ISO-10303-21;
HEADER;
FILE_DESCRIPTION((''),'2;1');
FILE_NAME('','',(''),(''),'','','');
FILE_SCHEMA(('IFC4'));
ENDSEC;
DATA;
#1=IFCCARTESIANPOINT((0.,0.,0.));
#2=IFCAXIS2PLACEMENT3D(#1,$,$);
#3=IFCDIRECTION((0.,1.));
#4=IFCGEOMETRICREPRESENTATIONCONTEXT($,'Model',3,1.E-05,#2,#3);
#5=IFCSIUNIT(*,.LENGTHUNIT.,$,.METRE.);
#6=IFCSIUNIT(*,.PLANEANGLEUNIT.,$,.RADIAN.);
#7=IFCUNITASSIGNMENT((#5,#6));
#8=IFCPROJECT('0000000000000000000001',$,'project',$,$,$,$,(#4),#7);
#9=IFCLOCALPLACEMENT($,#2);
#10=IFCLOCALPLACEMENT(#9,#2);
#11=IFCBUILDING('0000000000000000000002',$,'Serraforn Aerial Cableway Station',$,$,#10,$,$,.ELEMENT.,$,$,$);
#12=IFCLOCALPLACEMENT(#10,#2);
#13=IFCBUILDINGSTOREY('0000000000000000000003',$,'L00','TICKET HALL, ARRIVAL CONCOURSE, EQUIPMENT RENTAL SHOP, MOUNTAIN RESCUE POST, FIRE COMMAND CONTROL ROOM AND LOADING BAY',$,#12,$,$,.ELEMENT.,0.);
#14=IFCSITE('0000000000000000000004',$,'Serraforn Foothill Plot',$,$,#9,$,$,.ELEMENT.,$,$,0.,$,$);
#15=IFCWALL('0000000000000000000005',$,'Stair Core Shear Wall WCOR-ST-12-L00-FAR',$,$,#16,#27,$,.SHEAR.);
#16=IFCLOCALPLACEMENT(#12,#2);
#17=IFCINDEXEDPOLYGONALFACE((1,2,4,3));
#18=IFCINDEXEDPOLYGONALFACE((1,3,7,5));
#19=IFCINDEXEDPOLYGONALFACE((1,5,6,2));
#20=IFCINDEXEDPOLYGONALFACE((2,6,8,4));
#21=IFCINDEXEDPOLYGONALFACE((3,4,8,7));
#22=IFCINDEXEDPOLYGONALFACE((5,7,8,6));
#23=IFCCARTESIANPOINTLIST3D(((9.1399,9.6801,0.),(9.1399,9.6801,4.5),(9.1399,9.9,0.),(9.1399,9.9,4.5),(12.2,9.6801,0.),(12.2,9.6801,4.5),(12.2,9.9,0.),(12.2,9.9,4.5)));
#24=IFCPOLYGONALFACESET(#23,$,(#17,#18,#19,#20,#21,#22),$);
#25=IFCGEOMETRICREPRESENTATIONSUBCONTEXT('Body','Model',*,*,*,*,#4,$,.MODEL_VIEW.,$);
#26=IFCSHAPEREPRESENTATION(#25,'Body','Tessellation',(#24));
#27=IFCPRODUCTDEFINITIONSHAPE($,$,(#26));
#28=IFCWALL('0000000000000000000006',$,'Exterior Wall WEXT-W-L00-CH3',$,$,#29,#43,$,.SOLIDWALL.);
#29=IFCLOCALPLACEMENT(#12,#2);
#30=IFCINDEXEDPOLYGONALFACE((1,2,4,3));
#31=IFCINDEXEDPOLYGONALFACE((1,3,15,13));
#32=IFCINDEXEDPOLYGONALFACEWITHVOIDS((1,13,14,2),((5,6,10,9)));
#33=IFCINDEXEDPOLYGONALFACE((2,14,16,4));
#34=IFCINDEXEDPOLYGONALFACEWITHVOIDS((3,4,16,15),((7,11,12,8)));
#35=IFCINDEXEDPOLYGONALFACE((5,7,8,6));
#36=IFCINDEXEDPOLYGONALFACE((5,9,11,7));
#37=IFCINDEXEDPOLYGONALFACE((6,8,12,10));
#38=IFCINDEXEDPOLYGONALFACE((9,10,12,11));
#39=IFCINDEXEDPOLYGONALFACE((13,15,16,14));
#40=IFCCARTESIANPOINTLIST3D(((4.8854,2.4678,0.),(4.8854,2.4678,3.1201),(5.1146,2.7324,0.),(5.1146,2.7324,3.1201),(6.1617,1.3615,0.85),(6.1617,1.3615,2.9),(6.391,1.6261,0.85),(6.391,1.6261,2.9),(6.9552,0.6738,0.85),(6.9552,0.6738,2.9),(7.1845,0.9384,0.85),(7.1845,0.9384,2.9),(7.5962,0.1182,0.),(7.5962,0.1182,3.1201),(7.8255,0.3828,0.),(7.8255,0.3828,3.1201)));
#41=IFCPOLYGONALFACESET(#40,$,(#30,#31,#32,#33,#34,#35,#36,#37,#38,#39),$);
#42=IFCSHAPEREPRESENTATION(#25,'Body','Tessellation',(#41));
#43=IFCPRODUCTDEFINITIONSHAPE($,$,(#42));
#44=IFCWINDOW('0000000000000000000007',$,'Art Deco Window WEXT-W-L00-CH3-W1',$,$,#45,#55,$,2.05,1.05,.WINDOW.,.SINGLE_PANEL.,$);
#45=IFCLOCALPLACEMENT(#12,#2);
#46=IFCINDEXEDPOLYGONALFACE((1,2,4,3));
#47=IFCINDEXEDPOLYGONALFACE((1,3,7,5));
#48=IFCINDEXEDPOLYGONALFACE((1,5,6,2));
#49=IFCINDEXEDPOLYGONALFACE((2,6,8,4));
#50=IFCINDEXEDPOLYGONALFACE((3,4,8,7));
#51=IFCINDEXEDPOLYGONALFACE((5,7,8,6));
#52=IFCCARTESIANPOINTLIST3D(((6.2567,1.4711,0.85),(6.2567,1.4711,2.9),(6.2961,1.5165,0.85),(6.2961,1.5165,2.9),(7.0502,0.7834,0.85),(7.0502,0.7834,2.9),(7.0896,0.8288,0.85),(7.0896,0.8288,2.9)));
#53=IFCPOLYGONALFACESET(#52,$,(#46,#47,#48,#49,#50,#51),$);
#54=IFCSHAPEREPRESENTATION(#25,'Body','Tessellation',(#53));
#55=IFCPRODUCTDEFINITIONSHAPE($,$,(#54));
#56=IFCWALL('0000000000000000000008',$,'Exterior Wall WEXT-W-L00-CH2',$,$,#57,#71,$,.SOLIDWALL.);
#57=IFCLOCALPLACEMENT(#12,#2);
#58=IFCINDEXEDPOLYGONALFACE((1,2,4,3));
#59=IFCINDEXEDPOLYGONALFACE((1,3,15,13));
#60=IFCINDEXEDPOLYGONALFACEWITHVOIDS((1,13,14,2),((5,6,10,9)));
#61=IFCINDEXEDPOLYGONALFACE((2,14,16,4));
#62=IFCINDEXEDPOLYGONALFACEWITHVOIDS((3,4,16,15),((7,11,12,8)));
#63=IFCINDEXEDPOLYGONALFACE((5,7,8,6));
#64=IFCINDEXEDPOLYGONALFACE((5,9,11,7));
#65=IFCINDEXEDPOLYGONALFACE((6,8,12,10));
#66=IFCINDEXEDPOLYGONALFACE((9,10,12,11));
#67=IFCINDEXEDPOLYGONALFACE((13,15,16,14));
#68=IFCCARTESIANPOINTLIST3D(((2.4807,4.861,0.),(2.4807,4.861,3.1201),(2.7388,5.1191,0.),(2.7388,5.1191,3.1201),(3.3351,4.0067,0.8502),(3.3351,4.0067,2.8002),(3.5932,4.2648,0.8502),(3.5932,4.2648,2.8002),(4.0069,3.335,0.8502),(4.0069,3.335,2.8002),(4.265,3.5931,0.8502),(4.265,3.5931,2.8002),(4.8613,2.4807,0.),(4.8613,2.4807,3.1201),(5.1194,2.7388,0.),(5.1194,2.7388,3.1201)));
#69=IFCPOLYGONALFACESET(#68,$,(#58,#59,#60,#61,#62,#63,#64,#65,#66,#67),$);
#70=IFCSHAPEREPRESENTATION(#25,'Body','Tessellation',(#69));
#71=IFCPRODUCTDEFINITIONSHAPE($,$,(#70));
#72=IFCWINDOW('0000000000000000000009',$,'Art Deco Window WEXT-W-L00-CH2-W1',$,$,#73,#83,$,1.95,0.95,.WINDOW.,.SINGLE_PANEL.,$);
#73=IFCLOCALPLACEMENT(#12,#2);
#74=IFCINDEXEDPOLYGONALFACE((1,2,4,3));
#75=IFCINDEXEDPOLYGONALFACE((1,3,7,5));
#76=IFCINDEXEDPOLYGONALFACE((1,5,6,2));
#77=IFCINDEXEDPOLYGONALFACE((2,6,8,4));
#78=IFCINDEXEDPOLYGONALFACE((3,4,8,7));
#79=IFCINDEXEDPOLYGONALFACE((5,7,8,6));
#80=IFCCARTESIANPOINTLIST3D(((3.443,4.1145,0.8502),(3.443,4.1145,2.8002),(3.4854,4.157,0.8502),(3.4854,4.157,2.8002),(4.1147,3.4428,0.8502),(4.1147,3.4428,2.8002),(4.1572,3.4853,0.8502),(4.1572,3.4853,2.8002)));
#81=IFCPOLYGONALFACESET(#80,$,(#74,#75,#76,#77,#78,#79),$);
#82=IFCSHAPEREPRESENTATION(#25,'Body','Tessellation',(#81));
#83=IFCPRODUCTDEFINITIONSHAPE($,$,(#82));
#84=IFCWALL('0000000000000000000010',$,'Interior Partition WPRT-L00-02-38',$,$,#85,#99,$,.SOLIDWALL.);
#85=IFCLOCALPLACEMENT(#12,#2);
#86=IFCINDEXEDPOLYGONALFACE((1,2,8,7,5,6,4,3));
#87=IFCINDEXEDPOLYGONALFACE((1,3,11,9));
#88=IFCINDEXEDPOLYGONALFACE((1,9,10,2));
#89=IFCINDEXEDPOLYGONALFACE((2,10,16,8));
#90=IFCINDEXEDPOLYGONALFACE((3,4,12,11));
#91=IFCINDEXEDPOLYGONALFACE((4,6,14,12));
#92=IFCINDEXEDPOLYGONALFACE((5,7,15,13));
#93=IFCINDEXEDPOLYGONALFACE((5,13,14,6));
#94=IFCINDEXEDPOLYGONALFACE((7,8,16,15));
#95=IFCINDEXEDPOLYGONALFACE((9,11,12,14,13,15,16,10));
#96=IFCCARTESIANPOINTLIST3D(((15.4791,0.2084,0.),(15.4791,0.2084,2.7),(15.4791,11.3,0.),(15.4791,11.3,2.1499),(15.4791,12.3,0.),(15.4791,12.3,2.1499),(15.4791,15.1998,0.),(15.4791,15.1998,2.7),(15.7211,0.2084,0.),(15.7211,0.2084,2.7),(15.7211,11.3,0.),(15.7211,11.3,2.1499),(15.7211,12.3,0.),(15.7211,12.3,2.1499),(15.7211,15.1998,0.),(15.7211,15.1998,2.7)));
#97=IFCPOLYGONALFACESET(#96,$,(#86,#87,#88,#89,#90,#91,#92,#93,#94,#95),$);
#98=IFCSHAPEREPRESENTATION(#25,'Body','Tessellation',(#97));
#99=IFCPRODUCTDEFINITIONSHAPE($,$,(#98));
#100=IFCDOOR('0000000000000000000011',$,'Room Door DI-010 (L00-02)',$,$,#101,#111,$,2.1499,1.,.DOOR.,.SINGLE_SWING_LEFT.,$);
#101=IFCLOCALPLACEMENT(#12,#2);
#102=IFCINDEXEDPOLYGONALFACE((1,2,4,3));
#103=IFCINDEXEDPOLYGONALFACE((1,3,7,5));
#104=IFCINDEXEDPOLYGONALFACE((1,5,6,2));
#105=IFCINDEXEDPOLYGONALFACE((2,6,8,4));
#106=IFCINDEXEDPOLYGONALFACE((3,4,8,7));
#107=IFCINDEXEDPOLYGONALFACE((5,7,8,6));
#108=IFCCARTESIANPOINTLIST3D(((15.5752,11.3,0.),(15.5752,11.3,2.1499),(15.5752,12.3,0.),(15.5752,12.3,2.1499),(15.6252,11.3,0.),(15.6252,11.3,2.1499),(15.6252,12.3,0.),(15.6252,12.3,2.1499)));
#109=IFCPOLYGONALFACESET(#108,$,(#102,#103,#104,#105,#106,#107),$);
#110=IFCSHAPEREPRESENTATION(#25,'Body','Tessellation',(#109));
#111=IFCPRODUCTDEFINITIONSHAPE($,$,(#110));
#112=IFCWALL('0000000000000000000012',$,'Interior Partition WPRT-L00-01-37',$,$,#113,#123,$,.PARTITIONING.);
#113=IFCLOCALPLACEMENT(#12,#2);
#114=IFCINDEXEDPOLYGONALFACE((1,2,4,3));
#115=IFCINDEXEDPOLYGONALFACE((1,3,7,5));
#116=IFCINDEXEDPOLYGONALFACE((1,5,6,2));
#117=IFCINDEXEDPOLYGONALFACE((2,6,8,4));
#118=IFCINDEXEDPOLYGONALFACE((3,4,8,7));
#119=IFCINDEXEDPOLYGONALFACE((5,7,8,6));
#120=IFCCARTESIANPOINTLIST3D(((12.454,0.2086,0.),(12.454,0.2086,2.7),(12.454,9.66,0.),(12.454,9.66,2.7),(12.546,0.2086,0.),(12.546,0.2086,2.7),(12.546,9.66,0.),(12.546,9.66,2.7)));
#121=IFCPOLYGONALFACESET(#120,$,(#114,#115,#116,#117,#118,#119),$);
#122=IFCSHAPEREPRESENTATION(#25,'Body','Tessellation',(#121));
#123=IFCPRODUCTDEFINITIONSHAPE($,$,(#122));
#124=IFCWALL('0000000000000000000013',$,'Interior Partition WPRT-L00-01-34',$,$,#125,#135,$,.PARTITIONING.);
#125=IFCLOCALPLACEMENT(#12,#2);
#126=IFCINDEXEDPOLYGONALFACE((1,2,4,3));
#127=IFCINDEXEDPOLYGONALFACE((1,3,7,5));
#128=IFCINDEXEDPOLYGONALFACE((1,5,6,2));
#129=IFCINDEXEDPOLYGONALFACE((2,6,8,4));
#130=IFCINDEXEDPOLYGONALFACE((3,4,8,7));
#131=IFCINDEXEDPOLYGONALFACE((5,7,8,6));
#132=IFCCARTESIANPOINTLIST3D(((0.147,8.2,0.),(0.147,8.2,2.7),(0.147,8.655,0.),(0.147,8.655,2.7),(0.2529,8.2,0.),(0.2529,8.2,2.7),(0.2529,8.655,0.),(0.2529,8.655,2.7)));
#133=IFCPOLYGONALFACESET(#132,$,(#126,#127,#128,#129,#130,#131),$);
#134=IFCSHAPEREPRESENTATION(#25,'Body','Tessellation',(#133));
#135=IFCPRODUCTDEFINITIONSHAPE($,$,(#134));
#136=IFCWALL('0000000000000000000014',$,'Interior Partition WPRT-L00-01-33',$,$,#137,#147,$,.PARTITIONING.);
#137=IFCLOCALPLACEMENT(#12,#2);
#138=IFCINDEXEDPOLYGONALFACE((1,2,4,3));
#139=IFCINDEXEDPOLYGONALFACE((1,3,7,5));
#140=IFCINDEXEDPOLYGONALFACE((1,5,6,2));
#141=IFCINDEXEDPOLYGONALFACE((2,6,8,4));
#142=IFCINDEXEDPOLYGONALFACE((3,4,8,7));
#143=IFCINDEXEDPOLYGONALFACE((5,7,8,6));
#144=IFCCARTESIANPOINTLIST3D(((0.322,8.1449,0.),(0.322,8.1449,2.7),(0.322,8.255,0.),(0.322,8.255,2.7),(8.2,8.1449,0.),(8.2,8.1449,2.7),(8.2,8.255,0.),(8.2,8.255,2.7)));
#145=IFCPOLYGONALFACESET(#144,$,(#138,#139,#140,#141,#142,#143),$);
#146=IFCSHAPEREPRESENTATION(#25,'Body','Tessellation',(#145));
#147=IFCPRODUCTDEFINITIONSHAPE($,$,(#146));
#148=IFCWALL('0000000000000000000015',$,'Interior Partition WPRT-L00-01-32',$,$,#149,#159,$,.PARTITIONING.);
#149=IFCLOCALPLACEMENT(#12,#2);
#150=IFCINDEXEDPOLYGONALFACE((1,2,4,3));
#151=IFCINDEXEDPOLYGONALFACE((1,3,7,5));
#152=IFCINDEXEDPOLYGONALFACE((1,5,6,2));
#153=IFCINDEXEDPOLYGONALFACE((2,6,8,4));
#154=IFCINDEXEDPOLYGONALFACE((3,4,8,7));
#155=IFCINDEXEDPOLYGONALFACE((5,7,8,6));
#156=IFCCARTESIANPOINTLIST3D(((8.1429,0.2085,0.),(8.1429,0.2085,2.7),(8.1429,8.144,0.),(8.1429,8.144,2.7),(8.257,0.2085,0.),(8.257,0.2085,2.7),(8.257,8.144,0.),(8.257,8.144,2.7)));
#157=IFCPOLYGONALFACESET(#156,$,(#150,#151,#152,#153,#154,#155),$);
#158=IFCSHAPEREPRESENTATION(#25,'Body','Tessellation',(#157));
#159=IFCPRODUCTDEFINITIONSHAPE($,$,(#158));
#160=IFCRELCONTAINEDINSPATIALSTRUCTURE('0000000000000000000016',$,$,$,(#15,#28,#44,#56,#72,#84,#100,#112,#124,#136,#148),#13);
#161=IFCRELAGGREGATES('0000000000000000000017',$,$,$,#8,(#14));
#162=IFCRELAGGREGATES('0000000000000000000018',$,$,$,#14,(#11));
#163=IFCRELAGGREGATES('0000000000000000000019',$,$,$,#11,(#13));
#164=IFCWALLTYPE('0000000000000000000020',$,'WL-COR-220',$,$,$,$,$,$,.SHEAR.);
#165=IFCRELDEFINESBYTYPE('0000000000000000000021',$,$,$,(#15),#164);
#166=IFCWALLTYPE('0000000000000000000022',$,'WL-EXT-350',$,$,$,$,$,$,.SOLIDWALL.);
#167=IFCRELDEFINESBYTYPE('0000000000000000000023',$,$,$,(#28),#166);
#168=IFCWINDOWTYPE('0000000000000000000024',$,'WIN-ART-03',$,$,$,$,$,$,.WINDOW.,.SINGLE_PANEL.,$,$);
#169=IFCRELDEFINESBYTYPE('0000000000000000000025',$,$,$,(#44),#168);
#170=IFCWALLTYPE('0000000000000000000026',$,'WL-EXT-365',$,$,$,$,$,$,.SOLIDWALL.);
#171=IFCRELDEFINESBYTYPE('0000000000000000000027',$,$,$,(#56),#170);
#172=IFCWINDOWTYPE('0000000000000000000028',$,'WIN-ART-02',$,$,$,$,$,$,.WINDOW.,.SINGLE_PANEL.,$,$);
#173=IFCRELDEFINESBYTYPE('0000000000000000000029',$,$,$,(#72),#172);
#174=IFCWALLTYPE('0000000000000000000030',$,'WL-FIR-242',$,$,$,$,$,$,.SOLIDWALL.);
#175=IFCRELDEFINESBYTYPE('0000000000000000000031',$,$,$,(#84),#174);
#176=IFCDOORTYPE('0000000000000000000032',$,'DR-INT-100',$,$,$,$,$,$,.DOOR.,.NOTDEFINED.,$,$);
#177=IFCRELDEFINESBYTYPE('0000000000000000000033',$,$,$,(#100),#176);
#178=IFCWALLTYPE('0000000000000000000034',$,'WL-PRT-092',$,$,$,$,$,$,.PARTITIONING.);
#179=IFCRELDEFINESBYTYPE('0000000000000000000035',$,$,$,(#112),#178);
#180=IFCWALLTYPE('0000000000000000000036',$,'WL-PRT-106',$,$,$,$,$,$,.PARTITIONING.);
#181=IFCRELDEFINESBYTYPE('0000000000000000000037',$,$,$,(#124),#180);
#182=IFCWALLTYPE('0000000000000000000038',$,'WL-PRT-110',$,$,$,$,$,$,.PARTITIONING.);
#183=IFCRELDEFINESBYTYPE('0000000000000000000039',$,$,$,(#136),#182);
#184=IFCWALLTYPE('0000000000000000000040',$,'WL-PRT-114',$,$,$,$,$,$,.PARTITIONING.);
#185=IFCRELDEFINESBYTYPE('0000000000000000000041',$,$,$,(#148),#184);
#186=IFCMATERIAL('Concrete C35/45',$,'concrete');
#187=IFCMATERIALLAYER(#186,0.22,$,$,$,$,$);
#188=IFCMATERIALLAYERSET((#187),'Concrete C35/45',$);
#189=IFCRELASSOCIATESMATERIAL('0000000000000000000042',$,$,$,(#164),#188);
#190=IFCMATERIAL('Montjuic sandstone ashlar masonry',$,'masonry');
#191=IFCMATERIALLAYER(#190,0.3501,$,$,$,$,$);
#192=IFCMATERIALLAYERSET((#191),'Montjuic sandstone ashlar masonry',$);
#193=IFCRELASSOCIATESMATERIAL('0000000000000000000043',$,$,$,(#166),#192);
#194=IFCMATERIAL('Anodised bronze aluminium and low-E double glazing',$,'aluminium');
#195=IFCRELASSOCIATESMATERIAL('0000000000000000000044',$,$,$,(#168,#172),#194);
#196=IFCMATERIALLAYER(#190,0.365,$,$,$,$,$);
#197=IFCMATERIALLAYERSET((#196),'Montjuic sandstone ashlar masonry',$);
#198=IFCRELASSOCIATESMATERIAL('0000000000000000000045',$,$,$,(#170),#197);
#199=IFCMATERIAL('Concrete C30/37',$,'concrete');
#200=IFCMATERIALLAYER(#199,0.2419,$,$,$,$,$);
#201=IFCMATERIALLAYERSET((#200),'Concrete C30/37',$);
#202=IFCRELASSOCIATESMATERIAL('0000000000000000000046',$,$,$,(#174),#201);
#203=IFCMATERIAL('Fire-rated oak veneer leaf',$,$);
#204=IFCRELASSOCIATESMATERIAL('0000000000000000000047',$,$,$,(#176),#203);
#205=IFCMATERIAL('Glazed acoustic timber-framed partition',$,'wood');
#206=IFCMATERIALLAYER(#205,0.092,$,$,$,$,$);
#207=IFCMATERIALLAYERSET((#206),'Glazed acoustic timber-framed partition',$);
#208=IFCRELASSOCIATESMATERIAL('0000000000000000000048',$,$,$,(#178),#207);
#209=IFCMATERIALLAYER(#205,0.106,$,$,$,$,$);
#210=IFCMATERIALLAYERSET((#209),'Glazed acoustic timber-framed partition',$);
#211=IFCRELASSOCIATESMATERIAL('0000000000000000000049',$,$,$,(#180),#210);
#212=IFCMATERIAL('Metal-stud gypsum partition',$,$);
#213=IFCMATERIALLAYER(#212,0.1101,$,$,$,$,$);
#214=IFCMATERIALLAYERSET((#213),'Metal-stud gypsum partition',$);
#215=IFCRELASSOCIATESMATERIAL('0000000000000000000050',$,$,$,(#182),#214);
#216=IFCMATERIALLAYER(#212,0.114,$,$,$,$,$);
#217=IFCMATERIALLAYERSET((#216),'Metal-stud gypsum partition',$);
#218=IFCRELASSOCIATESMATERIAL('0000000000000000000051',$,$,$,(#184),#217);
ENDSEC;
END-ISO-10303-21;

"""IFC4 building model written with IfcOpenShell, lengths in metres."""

from ifc_helpers import new_model, si_unit, direction, frame, frame_2d, origin, place, context, subcontext, project, spatial, rectangle, extrude, material, layer, layer_set, type_object, element, fill, save


model = new_model("IFC4")

# Units and contexts
model_context = context("Model", 3, precision=1e-05, world=origin(), true_north=direction((0.0, 1.0)))
body_context = subcontext(model_context, "Body", "Model", "MODEL_VIEW")
ifc_project = project(units=[si_unit("LENGTHUNIT", "METRE"), si_unit("PLANEANGLEUNIT", "RADIAN")], contexts=[model_context])

# Site, building, storey
site_placement = place(None, origin())
site = spatial("IfcSite", under=ifc_project, at=site_placement, Name="Serraforn Foothill Plot", CompositionType="ELEMENT", RefElevation=0.0)
building_placement = place(site_placement, origin())
building = spatial("IfcBuilding", under=site, at=building_placement, Name="Serraforn Aerial Cableway Station", CompositionType="ELEMENT")
storey_placement = place(building_placement, origin())
storey = spatial("IfcBuildingStorey", under=building, at=storey_placement, Name="L00", Description="TICKET HALL, ARRIVAL CONCOURSE, EQUIPMENT RENTAL SHOP, MOUNTAIN RESCUE POST, FIRE COMMAND CONTROL ROOM AND LOADING BAY", CompositionType="ELEMENT", Elevation=0.0)

# Shared definitions
ifc_material_1 = material(Name="Concrete C35/45", Category="concrete")

# Wall
ifc_layer_1 = layer(ifc_material_1, 0.22)
ifc_layer_set_1 = layer_set([ifc_layer_1], Name="Concrete C35/45")
wall_type_1 = type_object("IfcWallType", Name="WL-COR-220", PredefinedType="SHEAR", material=ifc_layer_set_1)
wall_1_placement = place(storey_placement, frame((9.1399, 9.79, 0.0), z_axis=(0.0, 0.0, 1.0), x_axis=(1.0, 0.0, 0.0)))
element("IfcWall", 1, at=wall_1_placement, inside=storey, type_object=wall_type_1, Name="Stair Core Shear Wall WCOR-ST-12-L00-FAR", PredefinedType="SHEAR", context=body_context, shape_type="SweptSolid", body=[
    extrude(rectangle(XDim=3.0601, YDim=0.22, at=frame_2d((1.53, 0.0))), origin(), (0.0, 0.0, 1.0), 4.5),
])

# Walls, openings, windows
ifc_material_2 = material(Name="Montjuic sandstone ashlar masonry", Category="masonry")
ifc_layer_2 = layer(ifc_material_2, 0.3501)
ifc_layer_set_2 = layer_set([ifc_layer_2], Name="Montjuic sandstone ashlar masonry")
wall_type_2 = type_object("IfcWallType", Name="WL-EXT-350", PredefinedType="SOLIDWALL", material=ifc_layer_set_2)
wall_2_placement = place(storey_placement, frame((5.0, 2.6001, 0.0), z_axis=(0.0, 0.0, 1.0), x_axis=(0.755671, -0.654951, 0.0)))
wall_2 = element("IfcWall", 2, at=wall_2_placement, inside=storey, type_object=wall_type_2, Name="Exterior Wall WEXT-W-L00-CH3", PredefinedType="SOLIDWALL", context=body_context, shape_type="SweptSolid", body=[
    extrude(rectangle(XDim=3.5874, YDim=0.3501, at=frame_2d((1.7937, 0.0))), origin(), (0.0, 0.0, 1.0), 3.1201),
])
opening_1_placement = place(wall_2_placement, frame((1.6892, 0.0, 0.8501)))
opening_1 = element("IfcOpeningElement", 3, at=opening_1_placement, cuts=wall_2, PredefinedType="OPENING", context=body_context, shape_type="SweptSolid", body=[
    extrude(rectangle(XDim=1.05, YDim=2.05, at=frame_2d((0.5249, 1.0249))), frame((0.0, 0.1851, 0.0), z_axis=(0.0, -1.0, 0.0), x_axis=(1.0, 0.0, 0.0)), (0.0, 0.0, 1.0), 0.3701),
])
ifc_material_3 = material(Name="Anodised bronze aluminium and low-E double glazing", Category="aluminium")
window_type_1 = type_object("IfcWindowType", Name="WIN-ART-03", PartitioningType="SINGLE_PANEL", PredefinedType="WINDOW", material=ifc_material_3)
window_1_placement = place(opening_1_placement, origin())
window_1 = element("IfcWindow", 4, at=window_1_placement, inside=storey, type_object=window_type_1, Name="Art Deco Window WEXT-W-L00-CH3-W1", OverallHeight=2.05, OverallWidth=1.05, PartitioningType="SINGLE_PANEL", PredefinedType="WINDOW", context=body_context, shape_type="SweptSolid", body=[
    extrude(rectangle(XDim=1.05, YDim=2.05, at=frame_2d((0.5249, 1.0249))), frame((0.0, 0.03, 0.0), z_axis=(0.0, -1.0, 0.0), x_axis=(1.0, 0.0, 0.0)), (0.0, 0.0, 1.0), 0.0601),
])
fill(opening_1, window_1)
ifc_layer_3 = layer(ifc_material_2, 0.365)
ifc_layer_set_3 = layer_set([ifc_layer_3], Name="Montjuic sandstone ashlar masonry")
wall_type_3 = type_object("IfcWallType", Name="WL-EXT-365", PredefinedType="SOLIDWALL", material=ifc_layer_set_3)
wall_3_placement = place(storey_placement, frame((2.6099, 4.99, 0.0), z_axis=(0.0, 0.0, 1.0), x_axis=(0.707143, -0.707071, 0.0)))
wall_3 = element("IfcWall", 5, at=wall_3_placement, inside=storey, type_object=wall_type_3, Name="Exterior Wall WEXT-W-L00-CH2", PredefinedType="SOLIDWALL", context=body_context, shape_type="SweptSolid", body=[
    extrude(rectangle(XDim=3.3665, YDim=0.365, at=frame_2d((1.6831, 0.0))), origin(), (0.0, 0.0, 1.0), 3.1201),
])
opening_2_placement = place(wall_3_placement, frame((1.208, 0.0, 0.8501)))
opening_2 = element("IfcOpeningElement", 6, at=opening_2_placement, cuts=wall_3, PredefinedType="OPENING", context=body_context, shape_type="SweptSolid", body=[
    extrude(rectangle(XDim=0.95, YDim=1.95, at=frame_2d((0.4751, 0.9751))), frame((0.0, 0.1924, 0.0), z_axis=(0.0, -1.0, 0.0), x_axis=(1.0, 0.0, 0.0)), (0.0, 0.0, 1.0), 0.385),
])
window_type_2 = type_object("IfcWindowType", Name="WIN-ART-02", PartitioningType="SINGLE_PANEL", PredefinedType="WINDOW", material=ifc_material_3)
window_2_placement = place(opening_2_placement, origin())
window_2 = element("IfcWindow", 7, at=window_2_placement, inside=storey, type_object=window_type_2, Name="Art Deco Window WEXT-W-L00-CH2-W1", OverallHeight=1.95, OverallWidth=0.95, PartitioningType="SINGLE_PANEL", PredefinedType="WINDOW", context=body_context, shape_type="SweptSolid", body=[
    extrude(rectangle(XDim=0.95, YDim=1.95, at=frame_2d((0.4751, 0.9751))), frame((0.0, 0.03, 0.0), z_axis=(0.0, -1.0, 0.0), x_axis=(1.0, 0.0, 0.0)), (0.0, 0.0, 1.0), 0.0601),
])
fill(opening_2, window_2)

# Wall, opening, door
ifc_material_4 = material(Name="Concrete C30/37", Category="concrete")
ifc_layer_4 = layer(ifc_material_4, 0.2419)
ifc_layer_set_4 = layer_set([ifc_layer_4], Name="Concrete C30/37")
wall_type_4 = type_object("IfcWallType", Name="WL-FIR-242", PredefinedType="SOLIDWALL", material=ifc_layer_set_4)
wall_4_placement = place(storey_placement, frame((15.6001, 0.2085, 0.0), z_axis=(0.0, 0.0, 1.0), x_axis=(0.0, 1.0, 0.0)))
wall_4 = element("IfcWall", 8, at=wall_4_placement, inside=storey, type_object=wall_type_4, Name="Interior Partition WPRT-L00-02-38", PredefinedType="SOLIDWALL", context=body_context, shape_type="SweptSolid", body=[
    extrude(rectangle(XDim=14.9915, YDim=0.2419, at=frame_2d((7.4956, 0.0))), origin(), (0.0, 0.0, 1.0), 2.7),
])
opening_3_placement = place(wall_4_placement, frame((11.0916, 0.0, 0.0)))
opening_3 = element("IfcOpeningElement", 9, at=opening_3_placement, cuts=wall_4, PredefinedType="OPENING", context=body_context, shape_type="SweptSolid", body=[
    extrude(rectangle(XDim=1.0, YDim=2.1499, at=frame_2d((0.5, 1.075))), frame((0.0, 0.1309, 0.0), z_axis=(0.0, -1.0, 0.0), x_axis=(1.0, 0.0, 0.0)), (0.0, 0.0, 1.0), 0.262),
])
ifc_material_5 = material(Name="Fire-rated oak veneer leaf")
door_type_1 = type_object("IfcDoorType", Name="DR-INT-100", OperationType="NOTDEFINED", PredefinedType="DOOR", material=ifc_material_5)
door_1_placement = place(opening_3_placement, origin())
door_1 = element("IfcDoor", 10, at=door_1_placement, inside=storey, type_object=door_type_1, Name="Room Door DI-010 (L00-02)", OperationType="SINGLE_SWING_LEFT", OverallHeight=2.1499, OverallWidth=1.0, PredefinedType="DOOR", context=body_context, shape_type="SweptSolid", body=[
    extrude(rectangle(XDim=1.0, YDim=2.1499, at=frame_2d((0.5, 1.075))), frame((0.0, 0.0249, 0.0), z_axis=(0.0, -1.0, 0.0), x_axis=(1.0, 0.0, 0.0)), (0.0, 0.0, 1.0), 0.05),
])
fill(opening_3, door_1)

# Walls
ifc_material_6 = material(Name="Glazed acoustic timber-framed partition", Category="wood")
ifc_layer_5 = layer(ifc_material_6, 0.092)
ifc_layer_set_5 = layer_set([ifc_layer_5], Name="Glazed acoustic timber-framed partition")
wall_type_5 = type_object("IfcWallType", Name="WL-PRT-092", PredefinedType="PARTITIONING", material=ifc_layer_set_5)
wall_5_placement = place(storey_placement, frame((12.5, 9.6599, 0.0), z_axis=(0.0, 0.0, 1.0), x_axis=(0.0, -1.0, 0.0)))
element("IfcWall", 11, at=wall_5_placement, inside=storey, type_object=wall_type_5, Name="Interior Partition WPRT-L00-01-37", PredefinedType="PARTITIONING", context=body_context, shape_type="SweptSolid", body=[
    extrude(rectangle(XDim=9.4514, YDim=0.092, at=frame_2d((4.7256, 0.0))), origin(), (0.0, 0.0, 1.0), 2.7),
])
ifc_layer_6 = layer(ifc_material_6, 0.106)
ifc_layer_set_6 = layer_set([ifc_layer_6], Name="Glazed acoustic timber-framed partition")
wall_type_6 = type_object("IfcWallType", Name="WL-PRT-106", PredefinedType="PARTITIONING", material=ifc_layer_set_6)
wall_6_placement = place(storey_placement, frame((0.2, 8.2, 0.0), z_axis=(0.0, 0.0, 1.0), x_axis=(0.0, 1.0, 0.0)))
element("IfcWall", 12, at=wall_6_placement, inside=storey, type_object=wall_type_6, Name="Interior Partition WPRT-L00-01-34", PredefinedType="PARTITIONING", context=body_context, shape_type="SweptSolid", body=[
    extrude(rectangle(XDim=0.4551, YDim=0.106, at=frame_2d((0.2275, 0.0))), origin(), (0.0, 0.0, 1.0), 2.7),
])
ifc_material_7 = material(Name="Metal-stud gypsum partition")
ifc_layer_7 = layer(ifc_material_7, 0.1101)
ifc_layer_set_7 = layer_set([ifc_layer_7], Name="Metal-stud gypsum partition")
wall_type_7 = type_object("IfcWallType", Name="WL-PRT-110", PredefinedType="PARTITIONING", material=ifc_layer_set_7)
wall_7_placement = place(storey_placement, frame((8.2, 8.2, 0.0), z_axis=(0.0, 0.0, 1.0), x_axis=(-1.0, 0.0, 0.0)))
element("IfcWall", 13, at=wall_7_placement, inside=storey, type_object=wall_type_7, Name="Interior Partition WPRT-L00-01-33", PredefinedType="PARTITIONING", context=body_context, shape_type="SweptSolid", body=[
    extrude(rectangle(XDim=7.8779, YDim=0.1101, at=frame_2d((3.939, 0.0))), origin(), (0.0, 0.0, 1.0), 2.7),
])
ifc_layer_8 = layer(ifc_material_7, 0.114)
ifc_layer_set_8 = layer_set([ifc_layer_8], Name="Metal-stud gypsum partition")
wall_type_8 = type_object("IfcWallType", Name="WL-PRT-114", PredefinedType="PARTITIONING", material=ifc_layer_set_8)
wall_8_placement = place(storey_placement, frame((8.2, 0.2085, 0.0), z_axis=(0.0, 0.0, 1.0), x_axis=(0.0, 1.0, 0.0)))
element("IfcWall", 14, at=wall_8_placement, inside=storey, type_object=wall_type_8, Name="Interior Partition WPRT-L00-01-32", PredefinedType="PARTITIONING", context=body_context, shape_type="SweptSolid", body=[
    extrude(rectangle(XDim=7.9355, YDim=0.114, at=frame_2d((3.9678, 0.0))), origin(), (0.0, 0.0, 1.0), 2.7),
])

save(model, "model.ifc")
